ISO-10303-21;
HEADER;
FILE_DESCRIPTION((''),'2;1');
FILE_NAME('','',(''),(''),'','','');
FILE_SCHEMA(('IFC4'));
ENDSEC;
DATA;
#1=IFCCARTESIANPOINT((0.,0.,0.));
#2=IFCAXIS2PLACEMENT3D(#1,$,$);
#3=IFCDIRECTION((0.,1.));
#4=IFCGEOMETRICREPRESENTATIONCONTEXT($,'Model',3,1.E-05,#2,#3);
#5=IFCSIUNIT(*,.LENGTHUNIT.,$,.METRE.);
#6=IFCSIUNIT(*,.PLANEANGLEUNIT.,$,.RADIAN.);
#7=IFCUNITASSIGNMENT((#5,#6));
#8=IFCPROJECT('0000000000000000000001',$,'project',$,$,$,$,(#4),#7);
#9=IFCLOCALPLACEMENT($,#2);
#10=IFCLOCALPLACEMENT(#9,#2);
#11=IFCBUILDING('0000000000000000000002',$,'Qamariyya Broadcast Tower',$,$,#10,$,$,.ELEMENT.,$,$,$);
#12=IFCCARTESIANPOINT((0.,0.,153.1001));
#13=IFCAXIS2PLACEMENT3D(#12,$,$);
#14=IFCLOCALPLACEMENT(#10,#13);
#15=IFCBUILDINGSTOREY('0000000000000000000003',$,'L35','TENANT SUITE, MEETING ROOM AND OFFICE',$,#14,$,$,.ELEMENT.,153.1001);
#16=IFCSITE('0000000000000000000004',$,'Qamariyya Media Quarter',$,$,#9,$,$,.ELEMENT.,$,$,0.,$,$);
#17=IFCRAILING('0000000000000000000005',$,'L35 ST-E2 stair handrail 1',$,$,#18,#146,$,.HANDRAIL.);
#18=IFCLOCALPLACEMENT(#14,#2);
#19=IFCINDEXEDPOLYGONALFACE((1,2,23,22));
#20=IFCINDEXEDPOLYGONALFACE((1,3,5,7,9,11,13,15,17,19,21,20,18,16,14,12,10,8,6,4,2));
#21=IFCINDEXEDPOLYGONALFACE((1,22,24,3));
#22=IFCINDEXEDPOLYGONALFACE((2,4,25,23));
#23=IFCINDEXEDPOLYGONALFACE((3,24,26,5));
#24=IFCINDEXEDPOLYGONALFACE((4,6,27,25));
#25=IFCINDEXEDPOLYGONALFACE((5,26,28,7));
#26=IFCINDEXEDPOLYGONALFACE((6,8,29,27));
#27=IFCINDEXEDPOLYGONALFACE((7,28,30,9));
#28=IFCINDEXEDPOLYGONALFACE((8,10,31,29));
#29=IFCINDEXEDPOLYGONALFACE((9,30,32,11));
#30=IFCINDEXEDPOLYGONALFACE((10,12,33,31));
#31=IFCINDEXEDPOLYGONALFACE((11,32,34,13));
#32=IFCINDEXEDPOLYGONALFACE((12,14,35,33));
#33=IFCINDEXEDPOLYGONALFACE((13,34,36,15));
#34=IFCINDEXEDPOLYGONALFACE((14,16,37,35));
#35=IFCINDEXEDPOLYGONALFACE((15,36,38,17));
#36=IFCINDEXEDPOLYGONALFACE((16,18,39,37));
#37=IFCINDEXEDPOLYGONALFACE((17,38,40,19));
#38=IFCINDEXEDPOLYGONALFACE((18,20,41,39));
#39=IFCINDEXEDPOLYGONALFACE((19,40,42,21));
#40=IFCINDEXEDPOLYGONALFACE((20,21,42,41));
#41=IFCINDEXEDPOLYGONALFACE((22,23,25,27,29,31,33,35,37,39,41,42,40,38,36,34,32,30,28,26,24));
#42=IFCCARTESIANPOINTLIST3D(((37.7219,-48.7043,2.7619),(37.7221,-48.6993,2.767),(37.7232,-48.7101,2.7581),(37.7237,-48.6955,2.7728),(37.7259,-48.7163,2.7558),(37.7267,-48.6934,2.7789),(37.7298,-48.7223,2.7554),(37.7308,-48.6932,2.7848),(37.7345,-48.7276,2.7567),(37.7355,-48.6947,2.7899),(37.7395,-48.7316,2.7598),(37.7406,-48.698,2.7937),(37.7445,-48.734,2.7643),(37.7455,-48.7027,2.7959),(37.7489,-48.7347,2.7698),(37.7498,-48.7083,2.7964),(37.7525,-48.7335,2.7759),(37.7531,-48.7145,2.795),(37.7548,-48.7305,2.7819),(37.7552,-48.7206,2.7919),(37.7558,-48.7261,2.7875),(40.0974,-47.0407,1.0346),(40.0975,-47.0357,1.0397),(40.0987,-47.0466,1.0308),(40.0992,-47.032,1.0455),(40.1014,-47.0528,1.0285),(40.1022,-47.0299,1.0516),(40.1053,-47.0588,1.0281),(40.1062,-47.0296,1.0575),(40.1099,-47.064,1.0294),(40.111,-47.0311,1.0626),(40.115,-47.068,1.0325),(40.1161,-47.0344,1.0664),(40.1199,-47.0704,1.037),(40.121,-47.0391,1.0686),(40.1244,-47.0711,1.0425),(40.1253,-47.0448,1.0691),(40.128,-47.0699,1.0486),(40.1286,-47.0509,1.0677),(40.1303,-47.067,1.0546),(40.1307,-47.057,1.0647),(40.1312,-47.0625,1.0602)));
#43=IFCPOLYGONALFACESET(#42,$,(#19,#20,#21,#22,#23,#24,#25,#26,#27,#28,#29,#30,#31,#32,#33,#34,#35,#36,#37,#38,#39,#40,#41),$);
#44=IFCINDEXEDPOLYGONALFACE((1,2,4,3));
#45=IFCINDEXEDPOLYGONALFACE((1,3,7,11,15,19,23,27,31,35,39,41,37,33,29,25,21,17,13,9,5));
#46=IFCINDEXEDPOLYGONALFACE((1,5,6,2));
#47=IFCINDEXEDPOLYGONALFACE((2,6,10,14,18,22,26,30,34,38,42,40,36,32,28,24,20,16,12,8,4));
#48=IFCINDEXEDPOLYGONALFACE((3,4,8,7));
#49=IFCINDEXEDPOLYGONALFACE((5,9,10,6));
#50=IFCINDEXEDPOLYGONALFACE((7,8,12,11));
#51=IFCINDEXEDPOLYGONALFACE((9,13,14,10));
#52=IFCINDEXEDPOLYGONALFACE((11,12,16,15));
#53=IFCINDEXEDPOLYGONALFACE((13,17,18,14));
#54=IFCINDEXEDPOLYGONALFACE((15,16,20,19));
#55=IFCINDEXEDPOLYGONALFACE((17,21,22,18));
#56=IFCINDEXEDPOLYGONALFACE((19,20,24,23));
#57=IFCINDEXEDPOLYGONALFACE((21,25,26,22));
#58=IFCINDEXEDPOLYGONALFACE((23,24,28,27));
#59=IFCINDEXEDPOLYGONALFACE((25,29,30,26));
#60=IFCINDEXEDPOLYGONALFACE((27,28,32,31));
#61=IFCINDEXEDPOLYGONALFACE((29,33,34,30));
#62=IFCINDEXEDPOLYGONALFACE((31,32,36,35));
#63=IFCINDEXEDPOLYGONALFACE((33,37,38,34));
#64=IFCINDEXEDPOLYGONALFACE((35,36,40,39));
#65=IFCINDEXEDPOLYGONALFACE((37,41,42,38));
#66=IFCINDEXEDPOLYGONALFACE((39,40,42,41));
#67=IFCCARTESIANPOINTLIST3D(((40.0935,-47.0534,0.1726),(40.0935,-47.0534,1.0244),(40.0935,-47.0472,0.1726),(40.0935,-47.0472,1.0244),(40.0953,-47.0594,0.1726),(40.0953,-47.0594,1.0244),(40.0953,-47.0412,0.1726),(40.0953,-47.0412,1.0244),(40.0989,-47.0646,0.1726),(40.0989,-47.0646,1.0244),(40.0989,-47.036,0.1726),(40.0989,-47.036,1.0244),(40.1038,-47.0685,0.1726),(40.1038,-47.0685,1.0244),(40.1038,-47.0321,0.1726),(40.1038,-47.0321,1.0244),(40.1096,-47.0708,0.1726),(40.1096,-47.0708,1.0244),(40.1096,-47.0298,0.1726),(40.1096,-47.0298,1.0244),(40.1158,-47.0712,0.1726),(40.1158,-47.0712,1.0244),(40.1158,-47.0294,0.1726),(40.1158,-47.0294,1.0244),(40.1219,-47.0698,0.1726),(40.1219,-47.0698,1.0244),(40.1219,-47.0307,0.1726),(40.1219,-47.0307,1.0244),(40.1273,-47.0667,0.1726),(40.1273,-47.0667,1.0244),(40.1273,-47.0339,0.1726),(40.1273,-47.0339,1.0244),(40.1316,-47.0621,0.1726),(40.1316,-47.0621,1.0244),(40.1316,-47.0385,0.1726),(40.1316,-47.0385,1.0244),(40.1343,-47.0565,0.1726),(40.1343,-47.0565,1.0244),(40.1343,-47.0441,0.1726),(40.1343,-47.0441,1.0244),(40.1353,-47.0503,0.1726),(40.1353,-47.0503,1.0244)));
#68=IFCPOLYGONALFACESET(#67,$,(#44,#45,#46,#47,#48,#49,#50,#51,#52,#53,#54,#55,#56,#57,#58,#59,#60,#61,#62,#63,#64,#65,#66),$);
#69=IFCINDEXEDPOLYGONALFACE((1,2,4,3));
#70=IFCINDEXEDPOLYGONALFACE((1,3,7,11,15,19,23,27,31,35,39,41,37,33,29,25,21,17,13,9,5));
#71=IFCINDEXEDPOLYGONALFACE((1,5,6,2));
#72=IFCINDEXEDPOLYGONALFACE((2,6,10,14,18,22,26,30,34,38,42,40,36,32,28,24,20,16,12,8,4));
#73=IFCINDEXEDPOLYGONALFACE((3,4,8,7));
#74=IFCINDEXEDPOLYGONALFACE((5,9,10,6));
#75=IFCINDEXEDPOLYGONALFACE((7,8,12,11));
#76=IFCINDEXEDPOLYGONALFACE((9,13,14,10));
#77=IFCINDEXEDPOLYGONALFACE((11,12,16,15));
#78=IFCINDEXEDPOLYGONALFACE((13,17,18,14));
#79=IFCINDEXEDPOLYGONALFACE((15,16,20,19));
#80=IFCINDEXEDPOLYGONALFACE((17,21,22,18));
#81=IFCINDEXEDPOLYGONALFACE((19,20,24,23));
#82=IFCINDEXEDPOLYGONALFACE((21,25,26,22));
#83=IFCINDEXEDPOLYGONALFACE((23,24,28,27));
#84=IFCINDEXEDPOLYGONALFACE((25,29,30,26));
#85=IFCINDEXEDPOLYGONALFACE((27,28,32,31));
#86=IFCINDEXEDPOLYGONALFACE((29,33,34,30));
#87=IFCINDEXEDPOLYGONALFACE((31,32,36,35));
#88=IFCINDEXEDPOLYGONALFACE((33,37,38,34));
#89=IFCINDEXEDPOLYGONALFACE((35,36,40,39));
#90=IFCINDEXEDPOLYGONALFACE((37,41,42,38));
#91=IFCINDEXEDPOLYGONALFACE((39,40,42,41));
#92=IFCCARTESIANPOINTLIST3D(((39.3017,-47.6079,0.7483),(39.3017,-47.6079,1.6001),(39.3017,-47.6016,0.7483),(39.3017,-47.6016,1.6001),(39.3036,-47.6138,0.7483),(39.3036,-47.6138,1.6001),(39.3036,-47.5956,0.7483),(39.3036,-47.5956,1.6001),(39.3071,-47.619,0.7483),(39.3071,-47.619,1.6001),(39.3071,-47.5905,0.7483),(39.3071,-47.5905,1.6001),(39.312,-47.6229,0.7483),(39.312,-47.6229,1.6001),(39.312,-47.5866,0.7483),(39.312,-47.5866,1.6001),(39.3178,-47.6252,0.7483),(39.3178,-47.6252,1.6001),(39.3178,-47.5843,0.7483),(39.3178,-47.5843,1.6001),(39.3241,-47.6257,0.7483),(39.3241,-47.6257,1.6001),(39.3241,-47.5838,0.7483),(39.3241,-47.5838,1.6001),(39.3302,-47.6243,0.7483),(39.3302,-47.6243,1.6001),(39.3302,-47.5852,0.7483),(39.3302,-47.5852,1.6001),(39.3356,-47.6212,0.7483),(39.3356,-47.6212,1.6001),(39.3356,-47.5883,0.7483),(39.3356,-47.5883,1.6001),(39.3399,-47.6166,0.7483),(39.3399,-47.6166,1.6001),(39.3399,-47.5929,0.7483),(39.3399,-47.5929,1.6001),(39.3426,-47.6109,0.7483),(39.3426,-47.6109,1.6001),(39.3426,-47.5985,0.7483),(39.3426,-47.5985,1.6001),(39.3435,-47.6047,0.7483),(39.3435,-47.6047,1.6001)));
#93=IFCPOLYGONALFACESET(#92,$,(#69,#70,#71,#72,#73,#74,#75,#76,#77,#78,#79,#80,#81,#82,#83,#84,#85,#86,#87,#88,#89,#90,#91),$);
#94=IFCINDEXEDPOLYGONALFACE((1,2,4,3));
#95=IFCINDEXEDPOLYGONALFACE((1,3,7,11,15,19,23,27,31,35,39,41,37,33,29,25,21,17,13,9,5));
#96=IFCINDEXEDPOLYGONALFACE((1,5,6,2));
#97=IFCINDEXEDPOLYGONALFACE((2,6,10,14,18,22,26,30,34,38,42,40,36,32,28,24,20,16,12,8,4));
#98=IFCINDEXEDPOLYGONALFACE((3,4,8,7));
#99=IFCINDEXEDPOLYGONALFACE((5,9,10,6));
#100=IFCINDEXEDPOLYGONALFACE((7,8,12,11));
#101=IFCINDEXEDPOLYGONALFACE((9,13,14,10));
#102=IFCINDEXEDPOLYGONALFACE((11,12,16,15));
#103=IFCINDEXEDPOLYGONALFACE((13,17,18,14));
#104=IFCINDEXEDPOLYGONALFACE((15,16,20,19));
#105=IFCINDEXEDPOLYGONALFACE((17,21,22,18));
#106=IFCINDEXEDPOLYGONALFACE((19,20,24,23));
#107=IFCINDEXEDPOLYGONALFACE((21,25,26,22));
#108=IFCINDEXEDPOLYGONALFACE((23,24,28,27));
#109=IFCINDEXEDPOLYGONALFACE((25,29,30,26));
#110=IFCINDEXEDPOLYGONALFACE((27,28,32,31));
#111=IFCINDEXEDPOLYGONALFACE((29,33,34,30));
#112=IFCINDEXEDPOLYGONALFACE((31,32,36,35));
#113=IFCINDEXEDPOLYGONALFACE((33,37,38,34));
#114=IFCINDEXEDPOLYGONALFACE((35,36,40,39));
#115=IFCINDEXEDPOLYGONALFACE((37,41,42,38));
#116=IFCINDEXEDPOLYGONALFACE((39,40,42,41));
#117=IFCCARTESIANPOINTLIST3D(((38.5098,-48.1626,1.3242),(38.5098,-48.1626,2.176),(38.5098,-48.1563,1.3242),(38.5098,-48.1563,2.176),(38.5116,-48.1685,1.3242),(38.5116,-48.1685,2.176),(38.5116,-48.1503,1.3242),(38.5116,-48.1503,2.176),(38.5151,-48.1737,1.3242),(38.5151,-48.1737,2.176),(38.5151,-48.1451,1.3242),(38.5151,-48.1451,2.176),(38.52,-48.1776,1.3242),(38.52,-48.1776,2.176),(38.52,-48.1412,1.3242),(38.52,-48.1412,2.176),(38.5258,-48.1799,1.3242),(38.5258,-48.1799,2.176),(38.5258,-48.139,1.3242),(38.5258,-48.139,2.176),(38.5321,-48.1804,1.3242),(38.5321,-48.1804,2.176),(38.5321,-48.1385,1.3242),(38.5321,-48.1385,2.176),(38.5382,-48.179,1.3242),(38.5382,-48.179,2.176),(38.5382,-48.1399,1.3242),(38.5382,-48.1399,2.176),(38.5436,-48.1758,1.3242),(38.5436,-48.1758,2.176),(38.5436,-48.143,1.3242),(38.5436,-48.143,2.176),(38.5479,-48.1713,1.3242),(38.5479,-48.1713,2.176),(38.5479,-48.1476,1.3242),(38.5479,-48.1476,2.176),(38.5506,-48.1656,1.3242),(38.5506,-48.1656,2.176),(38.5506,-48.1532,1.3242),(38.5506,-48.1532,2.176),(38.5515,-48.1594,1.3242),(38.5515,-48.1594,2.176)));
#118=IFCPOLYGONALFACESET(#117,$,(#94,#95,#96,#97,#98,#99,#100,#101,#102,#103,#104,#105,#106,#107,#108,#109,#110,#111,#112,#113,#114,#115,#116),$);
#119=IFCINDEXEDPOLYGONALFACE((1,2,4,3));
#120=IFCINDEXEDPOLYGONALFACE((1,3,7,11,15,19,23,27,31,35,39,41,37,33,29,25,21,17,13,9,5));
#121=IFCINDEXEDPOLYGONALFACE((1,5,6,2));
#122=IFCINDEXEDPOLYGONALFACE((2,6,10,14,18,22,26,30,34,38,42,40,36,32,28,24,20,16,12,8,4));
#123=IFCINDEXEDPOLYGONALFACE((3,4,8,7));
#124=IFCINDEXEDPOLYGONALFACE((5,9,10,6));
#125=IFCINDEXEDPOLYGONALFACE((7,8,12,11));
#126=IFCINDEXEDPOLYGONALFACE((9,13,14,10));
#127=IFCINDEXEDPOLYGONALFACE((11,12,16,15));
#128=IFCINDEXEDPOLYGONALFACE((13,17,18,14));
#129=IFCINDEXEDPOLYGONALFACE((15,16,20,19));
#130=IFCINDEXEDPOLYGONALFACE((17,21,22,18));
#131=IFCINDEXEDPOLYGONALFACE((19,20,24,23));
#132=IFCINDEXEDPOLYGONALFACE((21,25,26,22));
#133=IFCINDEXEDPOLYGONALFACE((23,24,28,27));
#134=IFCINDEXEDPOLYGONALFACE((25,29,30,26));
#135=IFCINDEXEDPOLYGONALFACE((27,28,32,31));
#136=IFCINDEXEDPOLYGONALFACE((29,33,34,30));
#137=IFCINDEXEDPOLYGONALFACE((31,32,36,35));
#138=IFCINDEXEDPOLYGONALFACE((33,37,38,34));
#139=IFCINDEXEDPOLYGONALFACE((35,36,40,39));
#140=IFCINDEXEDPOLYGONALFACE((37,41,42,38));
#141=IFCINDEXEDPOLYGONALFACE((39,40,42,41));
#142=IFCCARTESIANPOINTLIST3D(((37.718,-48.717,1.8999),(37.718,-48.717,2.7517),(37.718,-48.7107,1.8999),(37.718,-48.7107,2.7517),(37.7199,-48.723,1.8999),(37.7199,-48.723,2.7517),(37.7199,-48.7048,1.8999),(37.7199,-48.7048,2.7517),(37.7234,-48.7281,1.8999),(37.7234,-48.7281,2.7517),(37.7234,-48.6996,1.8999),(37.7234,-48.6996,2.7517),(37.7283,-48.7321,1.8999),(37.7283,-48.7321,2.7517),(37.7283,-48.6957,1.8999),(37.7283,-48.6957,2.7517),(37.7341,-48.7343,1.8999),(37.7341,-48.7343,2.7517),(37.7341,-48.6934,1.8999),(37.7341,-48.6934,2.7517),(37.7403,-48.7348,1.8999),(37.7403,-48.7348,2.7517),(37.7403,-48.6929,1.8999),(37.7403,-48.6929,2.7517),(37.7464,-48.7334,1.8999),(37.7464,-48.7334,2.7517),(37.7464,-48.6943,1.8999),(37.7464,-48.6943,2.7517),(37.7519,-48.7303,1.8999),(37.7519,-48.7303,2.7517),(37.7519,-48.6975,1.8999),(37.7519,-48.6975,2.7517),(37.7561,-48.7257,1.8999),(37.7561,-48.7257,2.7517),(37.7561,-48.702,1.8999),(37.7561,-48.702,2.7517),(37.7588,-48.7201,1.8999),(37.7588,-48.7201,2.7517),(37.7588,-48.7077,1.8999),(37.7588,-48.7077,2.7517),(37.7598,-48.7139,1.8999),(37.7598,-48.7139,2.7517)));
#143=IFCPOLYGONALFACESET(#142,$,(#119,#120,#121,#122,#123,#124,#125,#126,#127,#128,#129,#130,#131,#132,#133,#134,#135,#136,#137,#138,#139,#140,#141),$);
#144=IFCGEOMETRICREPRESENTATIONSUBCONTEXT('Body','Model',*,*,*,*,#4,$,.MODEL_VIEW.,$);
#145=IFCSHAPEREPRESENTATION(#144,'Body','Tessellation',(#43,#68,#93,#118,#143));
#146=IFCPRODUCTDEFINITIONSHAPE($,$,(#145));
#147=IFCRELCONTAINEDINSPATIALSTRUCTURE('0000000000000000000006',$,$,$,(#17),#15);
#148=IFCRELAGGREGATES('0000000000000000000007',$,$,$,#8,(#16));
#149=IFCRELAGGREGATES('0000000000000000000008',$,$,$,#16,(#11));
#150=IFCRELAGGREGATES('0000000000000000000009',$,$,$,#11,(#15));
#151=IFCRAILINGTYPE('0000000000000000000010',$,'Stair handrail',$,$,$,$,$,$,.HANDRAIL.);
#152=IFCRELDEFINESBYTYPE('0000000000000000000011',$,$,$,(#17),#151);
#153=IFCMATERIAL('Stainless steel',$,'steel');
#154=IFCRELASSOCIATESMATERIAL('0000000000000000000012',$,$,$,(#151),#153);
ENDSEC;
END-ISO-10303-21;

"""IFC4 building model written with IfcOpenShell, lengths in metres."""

from ifc_helpers import new_model, si_unit, direction, frame, origin, origin_2d, place, context, subcontext, project, spatial, circle, extrude, material, type_object, element, save


model = new_model("IFC4")

# Units and contexts
model_context = context("Model", 3, precision=1e-05, world=origin(), true_north=direction((0.0, 1.0)))
body_context = subcontext(model_context, "Body", "Model", "MODEL_VIEW")
ifc_project = project(units=[si_unit("LENGTHUNIT", "METRE"), si_unit("PLANEANGLEUNIT", "RADIAN")], contexts=[model_context])

# Site, building, storey
site_placement = place(None, origin())
site = spatial("IfcSite", under=ifc_project, at=site_placement, Name="Qamariyya Media Quarter", CompositionType="ELEMENT", RefElevation=0.0)
building_placement = place(site_placement, origin())
building = spatial("IfcBuilding", under=site, at=building_placement, Name="Qamariyya Broadcast Tower", CompositionType="ELEMENT")
storey_placement = place(building_placement, frame((0.0, 0.0, 153.1001)))
storey = spatial("IfcBuildingStorey", under=building, at=storey_placement, Name="L35", Description="TENANT SUITE, MEETING ROOM AND OFFICE", CompositionType="ELEMENT", Elevation=153.1001)

# Railing
ifc_material_1 = material(Name="Stainless steel", Category="steel")
railing_type_1 = type_object("IfcRailingType", Name="Stair handrail", PredefinedType="HANDRAIL", material=ifc_material_1)
railing_1_placement = place(storey_placement, frame((40.1143, -47.0503, 0.1726)))
element("IfcRailing", 1, at=railing_1_placement, inside=storey, type_object=railing_type_1, Name="L35 ST-E2 stair handrail 1", PredefinedType="HANDRAIL", context=body_context, shape_type="SweptSolid", body=[
    extrude(circle(Radius=0.0239, at=origin_2d()), frame((0.0, 0.0, 0.876), z_axis=(-0.703745, -0.492838, 0.511716), x_axis=(0.573632, -0.819113, 0.0)), (0.0, 0.0, 1.0), 3.3755),
    extrude(circle(Radius=0.021, at=origin_2d()), origin(), (0.0, 0.0, 1.0), 0.8518),
    extrude(circle(Radius=0.021, at=origin_2d()), frame((-0.7917, -0.5544, 0.5757)), (0.0, 0.0, 1.0), 0.8518),
    extrude(circle(Radius=0.021, at=origin_2d()), frame((-1.5837, -1.1091, 1.1516)), (0.0, 0.0, 1.0), 0.8518),
    extrude(circle(Radius=0.021, at=origin_2d()), frame((-2.3755, -1.6636, 1.7273)), (0.0, 0.0, 1.0), 0.8518),
])

save(model, "model.ifc")
